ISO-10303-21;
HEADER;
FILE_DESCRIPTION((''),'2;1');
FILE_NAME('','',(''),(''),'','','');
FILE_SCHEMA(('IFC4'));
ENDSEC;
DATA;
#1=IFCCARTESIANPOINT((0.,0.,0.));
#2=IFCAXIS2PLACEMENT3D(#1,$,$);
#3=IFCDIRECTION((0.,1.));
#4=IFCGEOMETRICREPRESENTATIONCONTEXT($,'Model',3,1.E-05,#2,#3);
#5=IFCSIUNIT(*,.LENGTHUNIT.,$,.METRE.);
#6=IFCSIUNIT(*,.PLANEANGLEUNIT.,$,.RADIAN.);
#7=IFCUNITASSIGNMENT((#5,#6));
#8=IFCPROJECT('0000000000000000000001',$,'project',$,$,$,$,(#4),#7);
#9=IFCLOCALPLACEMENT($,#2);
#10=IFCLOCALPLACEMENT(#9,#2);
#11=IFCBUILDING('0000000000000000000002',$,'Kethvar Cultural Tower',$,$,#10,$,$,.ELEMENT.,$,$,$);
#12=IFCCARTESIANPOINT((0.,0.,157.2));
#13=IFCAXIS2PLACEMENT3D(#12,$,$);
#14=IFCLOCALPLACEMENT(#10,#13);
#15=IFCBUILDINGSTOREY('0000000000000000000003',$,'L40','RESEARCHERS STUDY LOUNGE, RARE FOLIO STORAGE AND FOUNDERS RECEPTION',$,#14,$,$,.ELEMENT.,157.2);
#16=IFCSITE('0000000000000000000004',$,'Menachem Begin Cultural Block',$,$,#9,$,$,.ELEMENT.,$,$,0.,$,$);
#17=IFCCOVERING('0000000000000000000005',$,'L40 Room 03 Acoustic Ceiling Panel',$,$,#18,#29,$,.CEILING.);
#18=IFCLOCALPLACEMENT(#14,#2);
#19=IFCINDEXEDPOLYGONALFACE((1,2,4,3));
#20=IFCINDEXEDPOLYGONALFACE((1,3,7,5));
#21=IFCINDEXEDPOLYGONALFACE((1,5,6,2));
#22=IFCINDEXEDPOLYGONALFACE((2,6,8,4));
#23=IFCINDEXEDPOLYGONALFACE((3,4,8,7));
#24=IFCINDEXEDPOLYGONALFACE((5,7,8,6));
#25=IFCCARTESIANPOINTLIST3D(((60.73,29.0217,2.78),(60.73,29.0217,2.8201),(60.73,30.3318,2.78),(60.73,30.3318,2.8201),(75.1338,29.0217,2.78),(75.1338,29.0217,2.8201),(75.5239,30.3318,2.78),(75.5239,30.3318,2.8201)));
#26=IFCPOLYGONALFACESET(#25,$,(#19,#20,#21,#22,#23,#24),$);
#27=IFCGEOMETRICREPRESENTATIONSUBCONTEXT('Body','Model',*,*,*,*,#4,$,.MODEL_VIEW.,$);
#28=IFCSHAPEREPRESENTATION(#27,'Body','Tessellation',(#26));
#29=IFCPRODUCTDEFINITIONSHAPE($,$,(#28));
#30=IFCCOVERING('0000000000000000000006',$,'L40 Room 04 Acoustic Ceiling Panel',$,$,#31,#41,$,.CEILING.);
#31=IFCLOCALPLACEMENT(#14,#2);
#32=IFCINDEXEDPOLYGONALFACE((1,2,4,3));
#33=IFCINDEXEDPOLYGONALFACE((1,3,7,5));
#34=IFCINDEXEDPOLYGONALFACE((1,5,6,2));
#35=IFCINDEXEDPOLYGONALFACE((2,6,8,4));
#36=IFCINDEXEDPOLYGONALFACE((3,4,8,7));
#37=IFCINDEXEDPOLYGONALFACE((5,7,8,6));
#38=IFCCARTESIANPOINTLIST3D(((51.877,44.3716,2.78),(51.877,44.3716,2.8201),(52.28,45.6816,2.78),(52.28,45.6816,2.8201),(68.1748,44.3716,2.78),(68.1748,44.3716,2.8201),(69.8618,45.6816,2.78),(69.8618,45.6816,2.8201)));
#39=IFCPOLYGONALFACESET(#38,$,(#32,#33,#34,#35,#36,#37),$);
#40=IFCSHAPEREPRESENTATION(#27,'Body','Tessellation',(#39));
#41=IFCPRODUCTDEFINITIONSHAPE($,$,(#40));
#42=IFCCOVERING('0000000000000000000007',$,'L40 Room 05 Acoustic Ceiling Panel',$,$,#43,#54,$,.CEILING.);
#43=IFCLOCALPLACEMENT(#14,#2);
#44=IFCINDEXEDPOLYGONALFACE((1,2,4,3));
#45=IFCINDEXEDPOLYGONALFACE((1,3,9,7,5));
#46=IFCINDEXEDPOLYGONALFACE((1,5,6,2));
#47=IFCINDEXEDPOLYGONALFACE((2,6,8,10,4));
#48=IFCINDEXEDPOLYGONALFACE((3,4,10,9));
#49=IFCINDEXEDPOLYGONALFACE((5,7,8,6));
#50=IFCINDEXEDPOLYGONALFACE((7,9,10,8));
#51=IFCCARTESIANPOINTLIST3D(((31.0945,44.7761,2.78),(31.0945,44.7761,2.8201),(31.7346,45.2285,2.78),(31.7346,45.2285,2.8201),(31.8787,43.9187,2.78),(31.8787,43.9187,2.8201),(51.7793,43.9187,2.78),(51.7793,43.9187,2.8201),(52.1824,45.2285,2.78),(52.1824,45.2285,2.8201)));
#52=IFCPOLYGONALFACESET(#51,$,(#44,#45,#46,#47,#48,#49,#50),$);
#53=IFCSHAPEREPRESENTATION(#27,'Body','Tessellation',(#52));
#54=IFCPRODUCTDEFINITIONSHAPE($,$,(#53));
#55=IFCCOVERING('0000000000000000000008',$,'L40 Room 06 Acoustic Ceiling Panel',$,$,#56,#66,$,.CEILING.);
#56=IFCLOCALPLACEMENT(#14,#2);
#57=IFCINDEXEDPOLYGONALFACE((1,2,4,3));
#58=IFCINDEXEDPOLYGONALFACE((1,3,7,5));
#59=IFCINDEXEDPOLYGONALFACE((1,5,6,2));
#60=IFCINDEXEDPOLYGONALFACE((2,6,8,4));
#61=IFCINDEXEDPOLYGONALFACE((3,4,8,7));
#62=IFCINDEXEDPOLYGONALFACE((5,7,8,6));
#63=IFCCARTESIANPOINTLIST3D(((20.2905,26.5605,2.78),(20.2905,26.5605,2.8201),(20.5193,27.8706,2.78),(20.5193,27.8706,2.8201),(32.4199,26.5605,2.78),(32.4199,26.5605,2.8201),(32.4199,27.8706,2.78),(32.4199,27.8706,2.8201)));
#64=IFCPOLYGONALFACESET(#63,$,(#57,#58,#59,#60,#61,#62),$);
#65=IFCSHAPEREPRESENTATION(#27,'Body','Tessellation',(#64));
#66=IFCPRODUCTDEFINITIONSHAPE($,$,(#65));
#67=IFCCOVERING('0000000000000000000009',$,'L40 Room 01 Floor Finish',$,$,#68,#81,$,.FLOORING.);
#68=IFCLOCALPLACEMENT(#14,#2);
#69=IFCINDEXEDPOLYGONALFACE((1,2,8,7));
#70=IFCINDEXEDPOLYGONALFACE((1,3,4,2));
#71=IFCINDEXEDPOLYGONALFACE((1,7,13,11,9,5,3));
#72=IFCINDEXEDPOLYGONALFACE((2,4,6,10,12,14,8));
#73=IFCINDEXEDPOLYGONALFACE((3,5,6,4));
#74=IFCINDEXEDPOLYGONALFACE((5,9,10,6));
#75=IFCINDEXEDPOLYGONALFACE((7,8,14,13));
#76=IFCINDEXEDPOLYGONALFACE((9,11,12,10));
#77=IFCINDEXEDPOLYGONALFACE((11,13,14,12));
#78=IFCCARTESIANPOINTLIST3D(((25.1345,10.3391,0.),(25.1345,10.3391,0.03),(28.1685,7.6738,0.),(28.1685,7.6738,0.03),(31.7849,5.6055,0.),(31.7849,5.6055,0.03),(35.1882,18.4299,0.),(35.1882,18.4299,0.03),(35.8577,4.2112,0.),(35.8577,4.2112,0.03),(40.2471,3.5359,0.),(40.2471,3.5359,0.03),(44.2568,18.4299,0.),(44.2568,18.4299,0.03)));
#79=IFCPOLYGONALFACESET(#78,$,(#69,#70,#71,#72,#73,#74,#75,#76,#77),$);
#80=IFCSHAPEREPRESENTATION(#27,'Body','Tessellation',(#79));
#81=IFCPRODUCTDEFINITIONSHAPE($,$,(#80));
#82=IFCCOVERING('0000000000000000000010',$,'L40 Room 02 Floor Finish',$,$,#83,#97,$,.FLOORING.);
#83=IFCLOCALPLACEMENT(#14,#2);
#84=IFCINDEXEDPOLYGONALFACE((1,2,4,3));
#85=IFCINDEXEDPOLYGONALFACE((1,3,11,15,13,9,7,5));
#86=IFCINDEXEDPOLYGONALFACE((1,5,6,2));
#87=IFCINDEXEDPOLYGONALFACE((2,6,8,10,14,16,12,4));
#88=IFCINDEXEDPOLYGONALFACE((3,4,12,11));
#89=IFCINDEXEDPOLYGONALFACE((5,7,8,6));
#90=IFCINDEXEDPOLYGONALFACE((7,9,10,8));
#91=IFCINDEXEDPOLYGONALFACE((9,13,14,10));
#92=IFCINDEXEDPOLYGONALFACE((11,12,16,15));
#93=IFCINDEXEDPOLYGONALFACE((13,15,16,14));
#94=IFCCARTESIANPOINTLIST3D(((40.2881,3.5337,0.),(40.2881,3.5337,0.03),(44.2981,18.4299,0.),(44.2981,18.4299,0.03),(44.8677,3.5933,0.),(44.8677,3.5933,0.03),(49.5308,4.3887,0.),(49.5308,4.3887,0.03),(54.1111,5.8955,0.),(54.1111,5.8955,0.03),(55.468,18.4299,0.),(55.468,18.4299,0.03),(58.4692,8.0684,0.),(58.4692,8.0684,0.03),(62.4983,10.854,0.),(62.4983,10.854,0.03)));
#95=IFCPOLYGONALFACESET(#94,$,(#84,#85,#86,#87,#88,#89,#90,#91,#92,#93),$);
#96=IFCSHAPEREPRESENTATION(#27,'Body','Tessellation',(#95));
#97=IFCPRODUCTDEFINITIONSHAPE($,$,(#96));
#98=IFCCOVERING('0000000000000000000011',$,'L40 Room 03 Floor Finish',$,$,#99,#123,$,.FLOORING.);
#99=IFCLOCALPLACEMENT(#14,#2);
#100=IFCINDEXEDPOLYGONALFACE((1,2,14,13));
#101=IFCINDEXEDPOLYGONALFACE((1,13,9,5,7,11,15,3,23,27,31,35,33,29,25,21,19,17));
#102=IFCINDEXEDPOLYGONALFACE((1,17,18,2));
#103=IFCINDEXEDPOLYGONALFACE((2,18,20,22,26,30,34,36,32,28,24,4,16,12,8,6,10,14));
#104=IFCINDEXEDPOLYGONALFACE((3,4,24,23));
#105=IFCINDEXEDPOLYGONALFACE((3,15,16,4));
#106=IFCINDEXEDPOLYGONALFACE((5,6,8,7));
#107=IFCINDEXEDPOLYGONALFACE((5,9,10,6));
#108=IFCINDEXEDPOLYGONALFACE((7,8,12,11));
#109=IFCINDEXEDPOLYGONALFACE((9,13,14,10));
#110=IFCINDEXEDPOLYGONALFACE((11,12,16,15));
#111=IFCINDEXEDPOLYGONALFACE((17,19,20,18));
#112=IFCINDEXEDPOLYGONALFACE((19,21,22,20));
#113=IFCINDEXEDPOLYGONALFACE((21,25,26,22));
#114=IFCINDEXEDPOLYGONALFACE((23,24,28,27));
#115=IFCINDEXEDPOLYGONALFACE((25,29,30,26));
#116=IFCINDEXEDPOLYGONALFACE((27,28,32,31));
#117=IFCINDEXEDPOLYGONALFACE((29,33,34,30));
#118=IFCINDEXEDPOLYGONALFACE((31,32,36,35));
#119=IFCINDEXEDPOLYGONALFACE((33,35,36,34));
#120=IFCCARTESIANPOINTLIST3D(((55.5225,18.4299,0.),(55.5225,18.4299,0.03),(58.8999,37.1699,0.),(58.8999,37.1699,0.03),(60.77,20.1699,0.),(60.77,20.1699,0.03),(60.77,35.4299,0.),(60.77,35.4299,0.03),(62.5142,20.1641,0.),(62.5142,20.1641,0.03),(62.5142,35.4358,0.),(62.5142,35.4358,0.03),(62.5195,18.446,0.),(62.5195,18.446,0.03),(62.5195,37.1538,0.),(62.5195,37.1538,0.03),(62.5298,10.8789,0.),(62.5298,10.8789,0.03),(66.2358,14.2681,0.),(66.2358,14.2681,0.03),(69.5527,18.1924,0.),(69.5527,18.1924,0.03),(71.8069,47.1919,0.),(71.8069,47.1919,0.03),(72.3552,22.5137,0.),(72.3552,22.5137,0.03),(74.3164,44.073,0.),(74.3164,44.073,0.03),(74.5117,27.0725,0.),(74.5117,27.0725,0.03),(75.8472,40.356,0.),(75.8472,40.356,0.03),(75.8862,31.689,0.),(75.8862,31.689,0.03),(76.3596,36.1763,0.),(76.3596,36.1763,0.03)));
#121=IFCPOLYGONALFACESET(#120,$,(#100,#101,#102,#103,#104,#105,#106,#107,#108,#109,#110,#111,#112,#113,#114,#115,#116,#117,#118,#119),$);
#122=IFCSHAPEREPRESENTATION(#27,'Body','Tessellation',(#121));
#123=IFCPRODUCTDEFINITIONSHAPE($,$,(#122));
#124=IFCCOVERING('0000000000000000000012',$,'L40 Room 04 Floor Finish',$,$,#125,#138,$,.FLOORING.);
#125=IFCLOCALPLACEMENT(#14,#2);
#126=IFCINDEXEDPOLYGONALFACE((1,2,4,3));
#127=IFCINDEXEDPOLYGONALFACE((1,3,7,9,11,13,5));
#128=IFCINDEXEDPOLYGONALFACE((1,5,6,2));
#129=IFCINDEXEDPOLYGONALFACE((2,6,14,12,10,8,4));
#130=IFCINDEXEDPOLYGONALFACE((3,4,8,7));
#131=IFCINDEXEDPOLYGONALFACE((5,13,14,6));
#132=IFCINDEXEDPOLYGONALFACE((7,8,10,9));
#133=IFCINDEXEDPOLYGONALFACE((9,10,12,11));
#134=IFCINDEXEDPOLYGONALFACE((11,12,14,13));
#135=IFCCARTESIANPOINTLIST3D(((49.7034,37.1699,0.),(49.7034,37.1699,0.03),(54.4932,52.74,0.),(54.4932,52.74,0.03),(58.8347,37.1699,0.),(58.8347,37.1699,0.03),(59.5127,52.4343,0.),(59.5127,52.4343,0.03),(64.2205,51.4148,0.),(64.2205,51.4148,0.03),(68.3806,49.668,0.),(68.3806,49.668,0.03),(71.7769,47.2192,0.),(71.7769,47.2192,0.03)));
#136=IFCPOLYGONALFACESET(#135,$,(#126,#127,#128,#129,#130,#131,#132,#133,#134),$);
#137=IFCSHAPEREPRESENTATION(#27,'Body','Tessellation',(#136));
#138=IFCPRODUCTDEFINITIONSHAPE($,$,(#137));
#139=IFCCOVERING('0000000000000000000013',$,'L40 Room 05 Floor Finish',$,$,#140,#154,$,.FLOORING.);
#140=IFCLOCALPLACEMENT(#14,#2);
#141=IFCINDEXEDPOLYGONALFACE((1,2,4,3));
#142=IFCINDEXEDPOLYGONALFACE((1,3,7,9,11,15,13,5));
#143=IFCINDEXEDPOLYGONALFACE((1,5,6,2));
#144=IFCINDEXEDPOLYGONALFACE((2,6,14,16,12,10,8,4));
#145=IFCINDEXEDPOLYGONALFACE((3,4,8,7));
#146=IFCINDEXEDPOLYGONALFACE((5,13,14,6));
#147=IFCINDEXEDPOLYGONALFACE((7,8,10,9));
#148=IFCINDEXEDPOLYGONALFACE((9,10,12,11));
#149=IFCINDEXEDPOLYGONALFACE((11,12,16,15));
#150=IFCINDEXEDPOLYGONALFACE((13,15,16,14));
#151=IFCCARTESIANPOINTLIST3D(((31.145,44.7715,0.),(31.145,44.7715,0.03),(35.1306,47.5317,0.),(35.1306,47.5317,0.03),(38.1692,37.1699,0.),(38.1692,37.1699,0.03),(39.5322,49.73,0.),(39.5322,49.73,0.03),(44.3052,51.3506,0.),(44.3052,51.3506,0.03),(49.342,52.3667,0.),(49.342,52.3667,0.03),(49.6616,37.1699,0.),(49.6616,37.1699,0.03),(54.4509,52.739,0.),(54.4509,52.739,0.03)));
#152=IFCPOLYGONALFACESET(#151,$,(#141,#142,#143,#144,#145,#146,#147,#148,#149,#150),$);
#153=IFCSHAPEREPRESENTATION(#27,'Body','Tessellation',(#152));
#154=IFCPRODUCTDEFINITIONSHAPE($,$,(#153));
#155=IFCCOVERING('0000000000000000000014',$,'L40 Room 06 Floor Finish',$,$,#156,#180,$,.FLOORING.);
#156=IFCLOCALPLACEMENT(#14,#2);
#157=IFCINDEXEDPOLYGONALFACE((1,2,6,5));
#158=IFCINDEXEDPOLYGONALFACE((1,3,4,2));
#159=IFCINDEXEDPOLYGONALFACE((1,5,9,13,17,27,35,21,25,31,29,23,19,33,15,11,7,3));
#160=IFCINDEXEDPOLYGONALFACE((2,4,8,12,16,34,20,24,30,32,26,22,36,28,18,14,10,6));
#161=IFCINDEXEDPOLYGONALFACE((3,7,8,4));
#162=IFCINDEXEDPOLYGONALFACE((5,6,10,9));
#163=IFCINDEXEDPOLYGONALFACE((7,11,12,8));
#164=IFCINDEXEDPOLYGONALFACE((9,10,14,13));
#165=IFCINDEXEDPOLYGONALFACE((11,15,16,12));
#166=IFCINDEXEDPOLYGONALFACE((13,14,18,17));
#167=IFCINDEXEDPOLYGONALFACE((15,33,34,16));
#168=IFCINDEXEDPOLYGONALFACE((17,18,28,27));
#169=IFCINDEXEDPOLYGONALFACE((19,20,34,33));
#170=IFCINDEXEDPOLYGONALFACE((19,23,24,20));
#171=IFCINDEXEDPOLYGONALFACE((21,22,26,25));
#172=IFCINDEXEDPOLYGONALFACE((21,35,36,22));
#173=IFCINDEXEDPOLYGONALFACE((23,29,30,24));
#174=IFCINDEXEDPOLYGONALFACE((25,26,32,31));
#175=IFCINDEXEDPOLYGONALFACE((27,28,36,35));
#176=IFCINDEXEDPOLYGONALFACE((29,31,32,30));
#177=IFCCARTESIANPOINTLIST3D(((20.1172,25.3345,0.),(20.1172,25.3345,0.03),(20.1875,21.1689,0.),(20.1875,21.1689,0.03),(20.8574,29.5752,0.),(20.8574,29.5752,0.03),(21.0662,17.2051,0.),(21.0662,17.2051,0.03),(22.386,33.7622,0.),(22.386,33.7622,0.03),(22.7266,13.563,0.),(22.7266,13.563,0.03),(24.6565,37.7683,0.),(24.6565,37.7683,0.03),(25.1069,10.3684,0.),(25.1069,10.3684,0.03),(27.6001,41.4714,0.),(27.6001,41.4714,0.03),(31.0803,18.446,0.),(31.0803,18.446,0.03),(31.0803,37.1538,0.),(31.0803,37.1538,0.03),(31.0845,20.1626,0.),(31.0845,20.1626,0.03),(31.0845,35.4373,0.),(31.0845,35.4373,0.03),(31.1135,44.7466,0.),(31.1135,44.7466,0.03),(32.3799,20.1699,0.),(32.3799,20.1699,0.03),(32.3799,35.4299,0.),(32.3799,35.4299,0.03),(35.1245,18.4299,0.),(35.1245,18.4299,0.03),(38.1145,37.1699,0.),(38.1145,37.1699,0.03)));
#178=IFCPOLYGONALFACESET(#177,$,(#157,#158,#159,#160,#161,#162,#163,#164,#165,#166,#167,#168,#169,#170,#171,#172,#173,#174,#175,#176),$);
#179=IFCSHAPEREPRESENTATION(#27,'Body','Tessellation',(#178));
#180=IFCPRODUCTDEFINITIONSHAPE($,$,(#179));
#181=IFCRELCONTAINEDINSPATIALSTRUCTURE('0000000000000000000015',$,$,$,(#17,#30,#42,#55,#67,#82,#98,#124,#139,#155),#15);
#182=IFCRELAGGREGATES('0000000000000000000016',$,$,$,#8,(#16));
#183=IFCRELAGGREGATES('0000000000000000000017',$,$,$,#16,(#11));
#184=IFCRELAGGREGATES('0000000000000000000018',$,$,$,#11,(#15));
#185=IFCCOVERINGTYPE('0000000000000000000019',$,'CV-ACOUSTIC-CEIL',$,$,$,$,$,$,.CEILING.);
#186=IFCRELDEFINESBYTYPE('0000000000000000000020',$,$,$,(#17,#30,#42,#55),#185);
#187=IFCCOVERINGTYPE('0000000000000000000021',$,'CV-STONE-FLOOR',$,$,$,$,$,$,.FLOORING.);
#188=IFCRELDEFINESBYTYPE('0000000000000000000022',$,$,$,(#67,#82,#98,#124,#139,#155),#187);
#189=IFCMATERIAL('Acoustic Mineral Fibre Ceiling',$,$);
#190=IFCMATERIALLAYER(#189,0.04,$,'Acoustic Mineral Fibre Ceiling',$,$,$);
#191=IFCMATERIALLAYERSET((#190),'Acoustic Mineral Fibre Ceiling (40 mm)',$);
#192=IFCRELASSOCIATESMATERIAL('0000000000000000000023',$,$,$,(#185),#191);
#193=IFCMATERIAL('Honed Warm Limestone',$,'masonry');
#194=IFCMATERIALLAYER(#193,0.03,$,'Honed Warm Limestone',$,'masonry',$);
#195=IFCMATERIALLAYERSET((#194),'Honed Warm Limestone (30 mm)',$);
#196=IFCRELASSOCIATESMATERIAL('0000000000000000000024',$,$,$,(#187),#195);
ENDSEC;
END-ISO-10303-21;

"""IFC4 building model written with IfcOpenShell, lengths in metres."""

from ifc_helpers import new_model, si_unit, direction, frame, origin, place, context, subcontext, project, spatial, polyline, outline, extrude, material, layer, layer_set, type_object, element, save


model = new_model("IFC4")

# Units and contexts
model_context = context("Model", 3, precision=1e-05, world=origin(), true_north=direction((0.0, 1.0)))
body_context = subcontext(model_context, "Body", "Model", "MODEL_VIEW")
ifc_project = project(units=[si_unit("LENGTHUNIT", "METRE"), si_unit("PLANEANGLEUNIT", "RADIAN")], contexts=[model_context])

# Site, building, storey
site_placement = place(None, origin())
site = spatial("IfcSite", under=ifc_project, at=site_placement, Name="Menachem Begin Cultural Block", CompositionType="ELEMENT", RefElevation=0.0)
building_placement = place(site_placement, origin())
building = spatial("IfcBuilding", under=site, at=building_placement, Name="Kethvar Cultural Tower", CompositionType="ELEMENT")
storey_placement = place(building_placement, frame((0.0, 0.0, 157.2)))
storey = spatial("IfcBuildingStorey", under=building, at=storey_placement, Name="L40", Description="RESEARCHERS STUDY LOUNGE, RARE FOLIO STORAGE AND FOUNDERS RECEPTION", CompositionType="ELEMENT", Elevation=157.2)

# Coverings
ifc_material_1 = material(Name="Acoustic Mineral Fibre Ceiling")
ifc_layer_1 = layer(ifc_material_1, 0.04, Name="Acoustic Mineral Fibre Ceiling")
ifc_layer_set_1 = layer_set([ifc_layer_1], Name="Acoustic Mineral Fibre Ceiling (40 mm)")
covering_type_1 = type_object("IfcCoveringType", Name="CV-ACOUSTIC-CEIL", PredefinedType="CEILING", material=ifc_layer_set_1)
covering_1_placement = place(storey_placement, frame((0.0, 0.0, 2.78)))
element("IfcCovering", 1, at=covering_1_placement, inside=storey, type_object=covering_type_1, Name="L40 Room 03 Acoustic Ceiling Panel", PredefinedType="CEILING", context=body_context, shape_type="SweptSolid", body=[
    extrude(outline(polyline([(75.1338, 29.0217), (60.73, 29.0217), (60.73, 30.3318), (75.5239, 30.3318), (75.1338, 29.0217)])), origin(), (0.0, 0.0, 1.0), 0.04),
])
covering_2_placement = place(storey_placement, frame((0.0, 0.0, 2.78)))
element("IfcCovering", 2, at=covering_2_placement, inside=storey, type_object=covering_type_1, Name="L40 Room 04 Acoustic Ceiling Panel", PredefinedType="CEILING", context=body_context, shape_type="SweptSolid", body=[
    extrude(outline(polyline([(68.1748, 44.3716), (51.877, 44.3716), (52.28, 45.6816), (69.8618, 45.6816), (68.1748, 44.3716)])), origin(), (0.0, 0.0, 1.0), 0.04),
])
covering_3_placement = place(storey_placement, frame((0.0, 0.0, 2.78)))
element("IfcCovering", 3, at=covering_3_placement, inside=storey, type_object=covering_type_1, Name="L40 Room 05 Acoustic Ceiling Panel", PredefinedType="CEILING", context=body_context, shape_type="SweptSolid", body=[
    extrude(outline(polyline([(51.7793, 43.9187), (31.8787, 43.9187), (31.0945, 44.7761), (31.7346, 45.2285), (52.1824, 45.2285), (51.7793, 43.9187)])), origin(), (0.0, 0.0, 1.0), 0.04),
])
covering_4_placement = place(storey_placement, frame((0.0, 0.0, 2.78)))
element("IfcCovering", 4, at=covering_4_placement, inside=storey, type_object=covering_type_1, Name="L40 Room 06 Acoustic Ceiling Panel", PredefinedType="CEILING", context=body_context, shape_type="SweptSolid", body=[
    extrude(outline(polyline([(20.5193, 27.8706), (32.4199, 27.8706), (32.4199, 26.5605), (20.2905, 26.5605), (20.5193, 27.8706)])), origin(), (0.0, 0.0, 1.0), 0.04),
])
ifc_material_2 = material(Name="Honed Warm Limestone", Category="masonry")
ifc_layer_2 = layer(ifc_material_2, 0.03, Name="Honed Warm Limestone", Category="masonry")
ifc_layer_set_2 = layer_set([ifc_layer_2], Name="Honed Warm Limestone (30 mm)")
covering_type_2 = type_object("IfcCoveringType", Name="CV-STONE-FLOOR", PredefinedType="FLOORING", material=ifc_layer_set_2)
covering_5_placement = place(storey_placement, origin())
element("IfcCovering", 5, at=covering_5_placement, inside=storey, type_object=covering_type_2, Name="L40 Room 01 Floor Finish", PredefinedType="FLOORING", context=body_context, shape_type="SweptSolid", body=[
    extrude(outline(polyline([(35.8577, 4.2112), (31.7849, 5.6055), (28.1685, 7.6738), (25.1345, 10.3391), (35.1882, 18.4299), (44.2568, 18.4299), (40.2471, 3.5359), (35.8577, 4.2112)])), origin(), (0.0, 0.0, 1.0), 0.03),
])
covering_6_placement = place(storey_placement, origin())
element("IfcCovering", 6, at=covering_6_placement, inside=storey, type_object=covering_type_2, Name="L40 Room 02 Floor Finish", PredefinedType="FLOORING", context=body_context, shape_type="SweptSolid", body=[
    extrude(outline(polyline([(58.4692, 8.0684), (54.1111, 5.8955), (49.5308, 4.3887), (44.8677, 3.5933), (40.2881, 3.5337), (44.2981, 18.4299), (55.468, 18.4299), (62.4983, 10.854), (58.4692, 8.0684)])), origin(), (0.0, 0.0, 1.0), 0.03),
])
covering_7_placement = place(storey_placement, origin())
element("IfcCovering", 7, at=covering_7_placement, inside=storey, type_object=covering_type_2, Name="L40 Room 03 Floor Finish", PredefinedType="FLOORING", context=body_context, shape_type="SweptSolid", body=[
    extrude(outline(polyline([(76.3596, 36.1763), (75.8862, 31.689), (74.5117, 27.0725), (72.3552, 22.5137), (69.5527, 18.1924), (66.2358, 14.2681), (62.5298, 10.8789), (55.5225, 18.4299), (62.5195, 18.446), (62.5142, 20.1641), (60.77, 20.1699), (60.77, 35.4299), (62.5142, 35.4358), (62.5195, 37.1538), (58.8999, 37.1699), (71.8069, 47.1919), (74.3164, 44.073), (75.8472, 40.356), (76.3596, 36.1763)])), origin(), (0.0, 0.0, 1.0), 0.03),
])
covering_8_placement = place(storey_placement, origin())
element("IfcCovering", 8, at=covering_8_placement, inside=storey, type_object=covering_type_2, Name="L40 Room 04 Floor Finish", PredefinedType="FLOORING", context=body_context, shape_type="SweptSolid", body=[
    extrude(outline(polyline([(59.5127, 52.4343), (64.2205, 51.4148), (68.3806, 49.668), (71.7769, 47.2192), (58.8347, 37.1699), (49.7034, 37.1699), (54.4932, 52.74), (59.5127, 52.4343)])), origin(), (0.0, 0.0, 1.0), 0.03),
])
covering_9_placement = place(storey_placement, origin())
element("IfcCovering", 9, at=covering_9_placement, inside=storey, type_object=covering_type_2, Name="L40 Room 05 Floor Finish", PredefinedType="FLOORING", context=body_context, shape_type="SweptSolid", body=[
    extrude(outline(polyline([(35.1306, 47.5317), (39.5322, 49.73), (44.3052, 51.3506), (49.342, 52.3667), (54.4509, 52.739), (49.6616, 37.1699), (38.1692, 37.1699), (31.145, 44.7715), (35.1306, 47.5317)])), origin(), (0.0, 0.0, 1.0), 0.03),
])
covering_10_placement = place(storey_placement, origin())
element("IfcCovering", 10, at=covering_10_placement, inside=storey, type_object=covering_type_2, Name="L40 Room 06 Floor Finish", PredefinedType="FLOORING", context=body_context, shape_type="SweptSolid", body=[
    extrude(outline(polyline([(22.7266, 13.563), (21.0662, 17.2051), (20.1875, 21.1689), (20.1172, 25.3345), (20.8574, 29.5752), (22.386, 33.7622), (24.6565, 37.7683), (27.6001, 41.4714), (31.1135, 44.7466), (38.1145, 37.1699), (31.0803, 37.1538), (31.0845, 35.4373), (32.3799, 35.4299), (32.3799, 20.1699), (31.0845, 20.1626), (31.0803, 18.446), (35.1245, 18.4299), (25.1069, 10.3684), (22.7266, 13.563)])), origin(), (0.0, 0.0, 1.0), 0.03),
])

save(model, "model.ifc")
